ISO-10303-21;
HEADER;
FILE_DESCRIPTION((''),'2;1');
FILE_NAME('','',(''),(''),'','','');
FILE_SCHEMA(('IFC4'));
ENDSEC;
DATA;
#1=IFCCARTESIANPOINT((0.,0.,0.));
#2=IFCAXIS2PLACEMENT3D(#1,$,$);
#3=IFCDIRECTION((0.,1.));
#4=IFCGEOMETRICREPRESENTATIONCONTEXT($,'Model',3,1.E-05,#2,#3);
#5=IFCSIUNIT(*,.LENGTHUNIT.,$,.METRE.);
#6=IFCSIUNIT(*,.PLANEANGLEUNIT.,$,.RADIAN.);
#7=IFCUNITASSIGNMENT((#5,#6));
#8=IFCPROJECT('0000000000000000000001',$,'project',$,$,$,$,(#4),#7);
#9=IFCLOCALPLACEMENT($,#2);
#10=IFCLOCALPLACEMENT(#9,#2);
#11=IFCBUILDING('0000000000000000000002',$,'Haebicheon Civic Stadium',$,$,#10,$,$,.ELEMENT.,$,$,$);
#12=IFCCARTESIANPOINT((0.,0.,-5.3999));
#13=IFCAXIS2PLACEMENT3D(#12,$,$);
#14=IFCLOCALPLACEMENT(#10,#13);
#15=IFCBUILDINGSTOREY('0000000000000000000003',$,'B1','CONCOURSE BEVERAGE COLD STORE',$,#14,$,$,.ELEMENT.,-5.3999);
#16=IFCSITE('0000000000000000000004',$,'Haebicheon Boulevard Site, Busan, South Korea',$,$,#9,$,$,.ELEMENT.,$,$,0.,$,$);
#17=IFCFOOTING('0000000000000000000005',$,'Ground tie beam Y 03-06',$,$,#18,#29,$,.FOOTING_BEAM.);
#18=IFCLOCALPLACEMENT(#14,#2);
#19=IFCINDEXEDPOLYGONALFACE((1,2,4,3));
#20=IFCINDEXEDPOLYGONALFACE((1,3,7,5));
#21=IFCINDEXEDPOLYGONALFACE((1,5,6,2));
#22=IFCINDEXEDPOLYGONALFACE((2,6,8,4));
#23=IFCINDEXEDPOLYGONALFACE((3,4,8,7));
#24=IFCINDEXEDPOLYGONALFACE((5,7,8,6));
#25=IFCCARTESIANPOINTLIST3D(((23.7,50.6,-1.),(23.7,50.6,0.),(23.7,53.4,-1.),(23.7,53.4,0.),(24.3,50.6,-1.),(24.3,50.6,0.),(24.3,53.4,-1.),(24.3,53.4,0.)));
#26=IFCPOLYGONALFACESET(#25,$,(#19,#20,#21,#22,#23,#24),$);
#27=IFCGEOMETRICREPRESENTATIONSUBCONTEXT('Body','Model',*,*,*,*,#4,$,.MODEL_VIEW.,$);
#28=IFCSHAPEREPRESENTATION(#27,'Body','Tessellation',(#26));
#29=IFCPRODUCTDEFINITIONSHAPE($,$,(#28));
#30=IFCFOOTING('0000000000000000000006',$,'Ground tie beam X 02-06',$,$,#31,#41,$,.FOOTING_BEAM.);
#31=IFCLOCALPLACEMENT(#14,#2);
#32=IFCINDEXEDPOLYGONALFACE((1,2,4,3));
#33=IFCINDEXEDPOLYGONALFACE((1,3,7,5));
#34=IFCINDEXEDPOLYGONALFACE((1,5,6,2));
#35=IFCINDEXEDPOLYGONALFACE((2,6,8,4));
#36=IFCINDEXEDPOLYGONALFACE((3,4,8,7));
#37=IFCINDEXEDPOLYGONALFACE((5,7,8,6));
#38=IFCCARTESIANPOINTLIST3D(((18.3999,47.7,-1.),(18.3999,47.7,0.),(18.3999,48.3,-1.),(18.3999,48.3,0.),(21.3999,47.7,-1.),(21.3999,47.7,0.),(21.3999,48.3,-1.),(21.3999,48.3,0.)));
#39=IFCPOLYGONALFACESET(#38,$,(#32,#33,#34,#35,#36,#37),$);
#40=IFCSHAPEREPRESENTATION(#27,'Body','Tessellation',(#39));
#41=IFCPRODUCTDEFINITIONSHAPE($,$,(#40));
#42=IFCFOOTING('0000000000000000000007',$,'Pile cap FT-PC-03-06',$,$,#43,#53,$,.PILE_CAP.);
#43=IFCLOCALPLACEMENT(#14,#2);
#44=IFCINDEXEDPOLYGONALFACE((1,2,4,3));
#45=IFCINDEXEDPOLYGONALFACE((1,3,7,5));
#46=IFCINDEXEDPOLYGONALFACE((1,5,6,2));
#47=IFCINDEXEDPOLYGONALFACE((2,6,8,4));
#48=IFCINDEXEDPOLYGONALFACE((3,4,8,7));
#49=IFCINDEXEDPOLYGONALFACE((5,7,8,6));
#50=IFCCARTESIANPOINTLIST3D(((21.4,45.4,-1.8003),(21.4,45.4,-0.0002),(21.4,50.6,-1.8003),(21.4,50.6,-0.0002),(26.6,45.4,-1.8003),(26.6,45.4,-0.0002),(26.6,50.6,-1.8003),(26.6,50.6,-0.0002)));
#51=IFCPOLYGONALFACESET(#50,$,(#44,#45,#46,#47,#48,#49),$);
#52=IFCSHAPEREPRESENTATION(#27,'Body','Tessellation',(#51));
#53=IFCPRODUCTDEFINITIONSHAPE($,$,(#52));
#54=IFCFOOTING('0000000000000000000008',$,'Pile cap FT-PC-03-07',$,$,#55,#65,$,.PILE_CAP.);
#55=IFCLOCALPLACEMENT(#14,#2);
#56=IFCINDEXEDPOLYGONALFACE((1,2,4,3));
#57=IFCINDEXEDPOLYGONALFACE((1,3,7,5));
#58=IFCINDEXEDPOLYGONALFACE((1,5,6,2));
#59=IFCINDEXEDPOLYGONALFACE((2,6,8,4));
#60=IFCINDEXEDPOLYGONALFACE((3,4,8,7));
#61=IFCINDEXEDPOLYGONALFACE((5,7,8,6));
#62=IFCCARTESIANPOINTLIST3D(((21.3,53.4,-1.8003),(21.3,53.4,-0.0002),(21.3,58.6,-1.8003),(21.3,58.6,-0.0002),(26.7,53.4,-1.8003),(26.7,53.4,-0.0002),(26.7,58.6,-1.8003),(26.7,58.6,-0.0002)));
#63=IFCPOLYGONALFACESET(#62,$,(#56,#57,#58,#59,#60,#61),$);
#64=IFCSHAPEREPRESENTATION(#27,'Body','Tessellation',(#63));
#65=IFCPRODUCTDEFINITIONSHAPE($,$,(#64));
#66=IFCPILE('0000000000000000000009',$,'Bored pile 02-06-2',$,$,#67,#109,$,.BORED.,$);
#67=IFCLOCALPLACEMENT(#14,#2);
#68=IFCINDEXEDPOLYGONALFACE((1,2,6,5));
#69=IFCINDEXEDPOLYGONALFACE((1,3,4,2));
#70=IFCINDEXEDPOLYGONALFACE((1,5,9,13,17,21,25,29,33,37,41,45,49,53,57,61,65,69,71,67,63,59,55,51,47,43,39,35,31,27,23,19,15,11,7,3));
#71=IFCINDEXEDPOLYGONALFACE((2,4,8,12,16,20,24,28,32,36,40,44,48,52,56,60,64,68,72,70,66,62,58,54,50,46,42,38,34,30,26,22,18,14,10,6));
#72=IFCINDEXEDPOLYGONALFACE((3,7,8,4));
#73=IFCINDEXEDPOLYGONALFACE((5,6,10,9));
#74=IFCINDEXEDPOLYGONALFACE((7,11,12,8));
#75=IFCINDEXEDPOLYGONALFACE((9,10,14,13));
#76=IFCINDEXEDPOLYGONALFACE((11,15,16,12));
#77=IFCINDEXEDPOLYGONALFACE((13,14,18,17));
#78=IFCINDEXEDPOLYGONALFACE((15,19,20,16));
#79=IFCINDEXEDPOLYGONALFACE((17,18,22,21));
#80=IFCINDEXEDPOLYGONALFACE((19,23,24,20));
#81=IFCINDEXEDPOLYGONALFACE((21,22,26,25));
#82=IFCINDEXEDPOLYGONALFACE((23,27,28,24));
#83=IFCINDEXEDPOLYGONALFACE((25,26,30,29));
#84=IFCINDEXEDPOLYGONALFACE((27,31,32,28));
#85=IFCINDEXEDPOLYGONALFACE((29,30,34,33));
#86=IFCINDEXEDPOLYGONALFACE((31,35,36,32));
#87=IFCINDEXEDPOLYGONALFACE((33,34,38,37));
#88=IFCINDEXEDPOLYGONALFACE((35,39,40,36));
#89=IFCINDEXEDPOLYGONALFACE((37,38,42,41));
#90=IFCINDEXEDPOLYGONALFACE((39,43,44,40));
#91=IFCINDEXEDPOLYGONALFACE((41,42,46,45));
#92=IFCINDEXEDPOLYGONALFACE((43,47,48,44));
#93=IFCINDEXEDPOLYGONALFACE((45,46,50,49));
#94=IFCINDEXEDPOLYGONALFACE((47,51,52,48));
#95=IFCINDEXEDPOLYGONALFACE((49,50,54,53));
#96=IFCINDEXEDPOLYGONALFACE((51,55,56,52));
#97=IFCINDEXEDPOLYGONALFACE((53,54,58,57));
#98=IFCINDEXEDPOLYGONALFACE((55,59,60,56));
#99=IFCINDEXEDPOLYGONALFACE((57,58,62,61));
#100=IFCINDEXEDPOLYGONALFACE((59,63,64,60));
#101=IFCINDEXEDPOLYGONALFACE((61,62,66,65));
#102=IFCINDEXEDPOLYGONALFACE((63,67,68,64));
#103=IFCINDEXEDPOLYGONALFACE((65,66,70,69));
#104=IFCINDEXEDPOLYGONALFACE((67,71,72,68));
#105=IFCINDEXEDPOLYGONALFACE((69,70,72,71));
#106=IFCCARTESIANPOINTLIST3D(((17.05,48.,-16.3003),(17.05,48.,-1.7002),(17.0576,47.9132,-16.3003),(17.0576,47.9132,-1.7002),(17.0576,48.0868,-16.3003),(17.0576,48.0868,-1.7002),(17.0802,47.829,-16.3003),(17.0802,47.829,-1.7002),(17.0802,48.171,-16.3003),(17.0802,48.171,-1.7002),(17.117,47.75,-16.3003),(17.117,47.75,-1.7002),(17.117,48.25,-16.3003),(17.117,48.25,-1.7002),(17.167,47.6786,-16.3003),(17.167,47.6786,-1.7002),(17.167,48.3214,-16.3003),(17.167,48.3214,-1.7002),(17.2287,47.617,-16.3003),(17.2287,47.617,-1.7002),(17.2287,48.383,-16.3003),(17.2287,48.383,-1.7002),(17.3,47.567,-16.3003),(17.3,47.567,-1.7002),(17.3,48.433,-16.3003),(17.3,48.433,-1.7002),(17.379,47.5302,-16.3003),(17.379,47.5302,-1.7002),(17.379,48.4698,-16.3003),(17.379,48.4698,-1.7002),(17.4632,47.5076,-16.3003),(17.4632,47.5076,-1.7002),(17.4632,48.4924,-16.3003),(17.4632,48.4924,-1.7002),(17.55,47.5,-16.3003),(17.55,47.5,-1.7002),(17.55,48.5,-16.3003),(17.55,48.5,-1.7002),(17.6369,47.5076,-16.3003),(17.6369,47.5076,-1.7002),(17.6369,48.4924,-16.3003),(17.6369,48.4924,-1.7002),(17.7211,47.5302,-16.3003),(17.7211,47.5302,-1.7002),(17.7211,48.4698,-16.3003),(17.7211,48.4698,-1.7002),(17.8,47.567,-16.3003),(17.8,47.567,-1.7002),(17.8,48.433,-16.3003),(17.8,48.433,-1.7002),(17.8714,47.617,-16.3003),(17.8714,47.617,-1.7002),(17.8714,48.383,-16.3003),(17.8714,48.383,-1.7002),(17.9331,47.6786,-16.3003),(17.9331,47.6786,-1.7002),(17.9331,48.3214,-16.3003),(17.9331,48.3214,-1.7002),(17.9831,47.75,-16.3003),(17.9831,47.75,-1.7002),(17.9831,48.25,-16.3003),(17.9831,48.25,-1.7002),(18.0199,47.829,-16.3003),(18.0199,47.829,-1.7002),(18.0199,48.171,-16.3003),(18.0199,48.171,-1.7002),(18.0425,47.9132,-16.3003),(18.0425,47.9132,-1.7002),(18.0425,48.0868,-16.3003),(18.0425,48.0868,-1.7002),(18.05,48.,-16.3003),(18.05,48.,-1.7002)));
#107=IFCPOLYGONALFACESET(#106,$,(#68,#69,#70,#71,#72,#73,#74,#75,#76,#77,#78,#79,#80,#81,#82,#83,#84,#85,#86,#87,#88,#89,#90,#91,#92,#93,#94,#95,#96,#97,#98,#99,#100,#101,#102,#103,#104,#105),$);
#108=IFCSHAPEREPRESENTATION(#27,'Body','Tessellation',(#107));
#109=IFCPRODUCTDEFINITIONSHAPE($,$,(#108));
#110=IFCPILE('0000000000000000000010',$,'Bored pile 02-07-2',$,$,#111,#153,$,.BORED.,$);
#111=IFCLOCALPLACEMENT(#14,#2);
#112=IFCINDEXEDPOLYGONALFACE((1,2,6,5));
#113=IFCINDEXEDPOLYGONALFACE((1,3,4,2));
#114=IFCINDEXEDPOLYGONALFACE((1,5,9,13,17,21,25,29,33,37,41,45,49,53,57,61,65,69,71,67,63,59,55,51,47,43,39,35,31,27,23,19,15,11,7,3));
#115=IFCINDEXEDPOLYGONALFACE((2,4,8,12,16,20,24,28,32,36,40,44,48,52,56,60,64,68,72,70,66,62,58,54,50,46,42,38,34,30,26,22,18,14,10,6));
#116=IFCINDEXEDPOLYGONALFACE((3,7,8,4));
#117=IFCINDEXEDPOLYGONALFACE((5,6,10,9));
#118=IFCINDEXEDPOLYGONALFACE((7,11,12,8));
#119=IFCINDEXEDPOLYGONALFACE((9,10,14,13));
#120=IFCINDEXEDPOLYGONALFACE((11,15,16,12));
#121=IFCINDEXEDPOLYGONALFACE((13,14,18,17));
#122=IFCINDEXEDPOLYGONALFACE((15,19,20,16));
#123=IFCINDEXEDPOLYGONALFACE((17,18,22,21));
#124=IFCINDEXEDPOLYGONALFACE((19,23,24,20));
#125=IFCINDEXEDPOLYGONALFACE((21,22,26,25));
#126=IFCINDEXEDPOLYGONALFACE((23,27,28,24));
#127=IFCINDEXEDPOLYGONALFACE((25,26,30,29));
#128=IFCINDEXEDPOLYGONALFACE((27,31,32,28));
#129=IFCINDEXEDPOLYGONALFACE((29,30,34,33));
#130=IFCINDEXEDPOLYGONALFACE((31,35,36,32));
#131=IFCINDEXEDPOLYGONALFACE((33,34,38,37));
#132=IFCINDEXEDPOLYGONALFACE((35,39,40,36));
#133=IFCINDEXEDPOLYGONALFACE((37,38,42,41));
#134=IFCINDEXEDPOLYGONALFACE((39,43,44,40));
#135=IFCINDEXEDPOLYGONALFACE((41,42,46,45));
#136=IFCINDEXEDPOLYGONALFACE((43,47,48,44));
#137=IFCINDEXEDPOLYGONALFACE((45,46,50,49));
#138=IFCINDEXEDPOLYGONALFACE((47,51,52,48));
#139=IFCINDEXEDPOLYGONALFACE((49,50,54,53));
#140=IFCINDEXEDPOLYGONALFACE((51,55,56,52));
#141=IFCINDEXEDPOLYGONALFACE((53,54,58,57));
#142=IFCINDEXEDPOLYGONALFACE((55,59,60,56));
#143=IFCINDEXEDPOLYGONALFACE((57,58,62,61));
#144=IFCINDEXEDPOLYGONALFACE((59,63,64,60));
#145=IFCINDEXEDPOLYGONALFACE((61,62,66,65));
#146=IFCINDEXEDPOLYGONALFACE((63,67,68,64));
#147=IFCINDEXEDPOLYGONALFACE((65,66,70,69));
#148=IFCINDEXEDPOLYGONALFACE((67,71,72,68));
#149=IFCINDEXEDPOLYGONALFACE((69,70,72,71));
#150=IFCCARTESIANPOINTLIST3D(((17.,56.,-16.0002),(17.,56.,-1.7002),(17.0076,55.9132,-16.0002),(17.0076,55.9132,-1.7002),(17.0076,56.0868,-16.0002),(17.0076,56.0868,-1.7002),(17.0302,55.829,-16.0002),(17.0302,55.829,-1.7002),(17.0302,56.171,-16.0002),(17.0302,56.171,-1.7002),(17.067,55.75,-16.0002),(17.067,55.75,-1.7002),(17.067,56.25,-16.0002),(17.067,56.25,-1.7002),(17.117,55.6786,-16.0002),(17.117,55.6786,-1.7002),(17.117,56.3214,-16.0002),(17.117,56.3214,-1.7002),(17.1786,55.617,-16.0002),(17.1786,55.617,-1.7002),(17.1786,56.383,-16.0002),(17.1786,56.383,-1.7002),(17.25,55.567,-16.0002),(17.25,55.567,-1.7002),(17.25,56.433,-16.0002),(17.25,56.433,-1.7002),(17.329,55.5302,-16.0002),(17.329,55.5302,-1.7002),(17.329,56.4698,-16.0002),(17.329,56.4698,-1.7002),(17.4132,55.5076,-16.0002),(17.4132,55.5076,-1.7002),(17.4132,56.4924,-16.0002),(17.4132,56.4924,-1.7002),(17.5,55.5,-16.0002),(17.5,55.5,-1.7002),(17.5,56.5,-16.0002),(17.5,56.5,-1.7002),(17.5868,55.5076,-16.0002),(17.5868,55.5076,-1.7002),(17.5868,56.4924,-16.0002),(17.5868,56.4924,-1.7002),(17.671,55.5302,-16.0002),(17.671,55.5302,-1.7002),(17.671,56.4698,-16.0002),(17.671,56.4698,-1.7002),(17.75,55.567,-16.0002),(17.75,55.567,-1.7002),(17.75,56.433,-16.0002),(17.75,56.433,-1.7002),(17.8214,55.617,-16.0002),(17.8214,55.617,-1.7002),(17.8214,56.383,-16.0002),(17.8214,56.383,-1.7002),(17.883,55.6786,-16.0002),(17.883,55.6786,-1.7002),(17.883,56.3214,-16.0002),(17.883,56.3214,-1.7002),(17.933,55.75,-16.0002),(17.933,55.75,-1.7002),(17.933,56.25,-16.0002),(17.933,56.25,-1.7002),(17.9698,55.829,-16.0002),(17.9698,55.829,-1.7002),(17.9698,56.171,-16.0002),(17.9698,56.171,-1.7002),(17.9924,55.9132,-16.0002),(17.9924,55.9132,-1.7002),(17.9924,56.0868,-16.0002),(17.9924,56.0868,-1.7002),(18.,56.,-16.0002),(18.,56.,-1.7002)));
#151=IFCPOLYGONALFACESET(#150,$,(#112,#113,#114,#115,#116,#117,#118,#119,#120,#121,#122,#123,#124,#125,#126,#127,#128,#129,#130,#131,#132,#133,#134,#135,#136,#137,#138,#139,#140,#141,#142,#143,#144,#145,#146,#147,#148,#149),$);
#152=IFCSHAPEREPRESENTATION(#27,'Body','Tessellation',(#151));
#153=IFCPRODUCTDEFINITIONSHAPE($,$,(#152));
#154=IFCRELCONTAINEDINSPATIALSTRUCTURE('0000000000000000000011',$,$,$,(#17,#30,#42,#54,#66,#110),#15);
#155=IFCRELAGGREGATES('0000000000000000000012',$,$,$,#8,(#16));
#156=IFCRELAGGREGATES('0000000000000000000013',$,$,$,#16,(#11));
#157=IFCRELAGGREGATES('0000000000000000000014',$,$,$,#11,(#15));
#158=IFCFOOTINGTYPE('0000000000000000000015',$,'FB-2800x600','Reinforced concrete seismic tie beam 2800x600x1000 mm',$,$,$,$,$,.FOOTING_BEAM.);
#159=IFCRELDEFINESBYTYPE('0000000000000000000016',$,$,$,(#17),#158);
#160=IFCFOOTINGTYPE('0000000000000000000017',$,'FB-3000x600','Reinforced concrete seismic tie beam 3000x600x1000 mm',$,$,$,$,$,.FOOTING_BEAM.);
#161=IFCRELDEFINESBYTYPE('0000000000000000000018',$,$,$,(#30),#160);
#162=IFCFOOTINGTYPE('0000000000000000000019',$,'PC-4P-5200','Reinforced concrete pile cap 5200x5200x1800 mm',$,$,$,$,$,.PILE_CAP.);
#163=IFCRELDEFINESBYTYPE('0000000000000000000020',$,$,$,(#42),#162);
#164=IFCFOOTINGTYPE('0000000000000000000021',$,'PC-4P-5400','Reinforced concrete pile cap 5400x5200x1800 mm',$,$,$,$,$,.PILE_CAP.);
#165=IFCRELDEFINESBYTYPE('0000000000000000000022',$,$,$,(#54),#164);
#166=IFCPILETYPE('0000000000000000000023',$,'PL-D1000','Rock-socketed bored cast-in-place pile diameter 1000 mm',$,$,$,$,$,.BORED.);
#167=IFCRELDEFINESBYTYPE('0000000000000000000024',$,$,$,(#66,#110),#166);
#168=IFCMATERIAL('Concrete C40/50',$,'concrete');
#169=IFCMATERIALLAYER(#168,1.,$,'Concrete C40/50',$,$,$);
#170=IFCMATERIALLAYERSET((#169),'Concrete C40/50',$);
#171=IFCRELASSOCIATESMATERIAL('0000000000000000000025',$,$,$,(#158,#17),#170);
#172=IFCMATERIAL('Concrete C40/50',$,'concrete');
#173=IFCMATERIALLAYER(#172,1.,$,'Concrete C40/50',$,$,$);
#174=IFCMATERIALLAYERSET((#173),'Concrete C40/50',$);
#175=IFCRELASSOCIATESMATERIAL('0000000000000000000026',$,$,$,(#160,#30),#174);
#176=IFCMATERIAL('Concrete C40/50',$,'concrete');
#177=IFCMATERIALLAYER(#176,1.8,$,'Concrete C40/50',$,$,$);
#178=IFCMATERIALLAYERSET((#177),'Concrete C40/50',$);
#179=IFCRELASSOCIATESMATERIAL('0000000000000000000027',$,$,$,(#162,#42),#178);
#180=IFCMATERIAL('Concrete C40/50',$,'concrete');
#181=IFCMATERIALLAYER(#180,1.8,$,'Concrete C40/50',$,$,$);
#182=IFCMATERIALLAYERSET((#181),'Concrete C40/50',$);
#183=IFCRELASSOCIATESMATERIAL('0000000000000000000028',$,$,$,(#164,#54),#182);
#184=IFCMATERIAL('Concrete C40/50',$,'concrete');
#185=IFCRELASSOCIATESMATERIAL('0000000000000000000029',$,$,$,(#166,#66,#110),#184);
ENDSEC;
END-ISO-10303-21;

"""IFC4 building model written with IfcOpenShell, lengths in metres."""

from ifc_helpers import new_model, si_unit, direction, frame, origin, origin_2d, place, context, subcontext, project, spatial, rectangle, circle, extrude, material, layer, layer_set, material_profile, profile_set, type_object, element, save


model = new_model("IFC4")

# Units and contexts
model_context = context("Model", 3, precision=1e-05, world=origin(), true_north=direction((0.0, 1.0)))
body_context = subcontext(model_context, "Body", "Model", "MODEL_VIEW")
ifc_project = project(units=[si_unit("LENGTHUNIT", "METRE"), si_unit("PLANEANGLEUNIT", "RADIAN")], contexts=[model_context])

# Site, building, storey
site_placement = place(None, origin())
site = spatial("IfcSite", under=ifc_project, at=site_placement, Name="Haebicheon Boulevard Site, Busan, South Korea", CompositionType="ELEMENT", RefElevation=0.0)
building_placement = place(site_placement, origin())
building = spatial("IfcBuilding", under=site, at=building_placement, Name="Haebicheon Civic Stadium", CompositionType="ELEMENT")
storey_placement = place(building_placement, frame((0.0, 0.0, -5.3999)))
storey = spatial("IfcBuildingStorey", under=building, at=storey_placement, Name="B1", Description="CONCOURSE BEVERAGE COLD STORE", CompositionType="ELEMENT", Elevation=-5.3999)

# Footings
ifc_material_1 = material(Name="Concrete C40/50", Category="concrete")
ifc_layer_1 = layer(ifc_material_1, 1.0, Name="Concrete C40/50")
ifc_layer_set_1 = layer_set([ifc_layer_1], Name="Concrete C40/50")
footing_type_1 = type_object("IfcFootingType", Name="FB-2800x600", Description="Reinforced concrete seismic tie beam 2800x600x1000 mm", PredefinedType="FOOTING_BEAM", material=ifc_layer_set_1)
footing_1_placement = place(storey_placement, frame((24.0, 52.0, -1.0), z_axis=(0.0, 0.0, 1.0), x_axis=(0.0, 1.0, 0.0)))
element("IfcFooting", 1, at=footing_1_placement, inside=storey, type_object=footing_type_1, material=ifc_layer_set_1, Name="Ground tie beam Y 03-06", PredefinedType="FOOTING_BEAM", context=body_context, shape_type="SweptSolid", body=[
    extrude(rectangle(XDim=2.8, YDim=0.6001, at=origin_2d()), origin(), (0.0, 0.0, 1.0), 1.0),
])
ifc_material_2 = material(Name="Concrete C40/50", Category="concrete")
ifc_layer_2 = layer(ifc_material_2, 1.0, Name="Concrete C40/50")
ifc_layer_set_2 = layer_set([ifc_layer_2], Name="Concrete C40/50")
footing_type_2 = type_object("IfcFootingType", Name="FB-3000x600", Description="Reinforced concrete seismic tie beam 3000x600x1000 mm", PredefinedType="FOOTING_BEAM", material=ifc_layer_set_2)
footing_2_placement = place(storey_placement, frame((19.8999, 48.0, -1.0), z_axis=(0.0, 0.0, 1.0), x_axis=(1.0, 0.0, 0.0)))
element("IfcFooting", 2, at=footing_2_placement, inside=storey, type_object=footing_type_2, material=ifc_layer_set_2, Name="Ground tie beam X 02-06", PredefinedType="FOOTING_BEAM", context=body_context, shape_type="SweptSolid", body=[
    extrude(rectangle(XDim=3.0, YDim=0.6001, at=origin_2d()), origin(), (0.0, 0.0, 1.0), 1.0),
])
ifc_material_3 = material(Name="Concrete C40/50", Category="concrete")
ifc_layer_3 = layer(ifc_material_3, 1.8, Name="Concrete C40/50")
ifc_layer_set_3 = layer_set([ifc_layer_3], Name="Concrete C40/50")
footing_type_3 = type_object("IfcFootingType", Name="PC-4P-5200", Description="Reinforced concrete pile cap 5200x5200x1800 mm", PredefinedType="PILE_CAP", material=ifc_layer_set_3)
footing_3_placement = place(storey_placement, frame((24.0, 48.0, -1.8003), z_axis=(0.0, 0.0, 1.0), x_axis=(1.0, 0.0, 0.0)))
element("IfcFooting", 3, at=footing_3_placement, inside=storey, type_object=footing_type_3, material=ifc_layer_set_3, Name="Pile cap FT-PC-03-06", PredefinedType="PILE_CAP", context=body_context, shape_type="SweptSolid", body=[
    extrude(rectangle(XDim=5.2, YDim=5.2, at=origin_2d()), origin(), (0.0, 0.0, 1.0), 1.8),
])
ifc_material_4 = material(Name="Concrete C40/50", Category="concrete")
ifc_layer_4 = layer(ifc_material_4, 1.8, Name="Concrete C40/50")
ifc_layer_set_4 = layer_set([ifc_layer_4], Name="Concrete C40/50")
footing_type_4 = type_object("IfcFootingType", Name="PC-4P-5400", Description="Reinforced concrete pile cap 5400x5200x1800 mm", PredefinedType="PILE_CAP", material=ifc_layer_set_4)
footing_4_placement = place(storey_placement, frame((24.0, 56.0, -1.8003), z_axis=(0.0, 0.0, 1.0), x_axis=(1.0, 0.0, 0.0)))
element("IfcFooting", 4, at=footing_4_placement, inside=storey, type_object=footing_type_4, material=ifc_layer_set_4, Name="Pile cap FT-PC-03-07", PredefinedType="PILE_CAP", context=body_context, shape_type="SweptSolid", body=[
    extrude(rectangle(XDim=5.3999, YDim=5.2, at=origin_2d()), origin(), (0.0, 0.0, 1.0), 1.8),
])

# Piles
ifc_material_5 = material(Name="Concrete C40/50", Category="concrete")
ifc_material_profile_1 = material_profile(ifc_material_5, circle(Radius=0.5, at=origin_2d()), Name="PILE-D1000")
ifc_profile_set_1 = profile_set([ifc_material_profile_1], Name="Concrete C40/50")
pile_type_1 = type_object("IfcPileType", Name="PL-D1000", Description="Rock-socketed bored cast-in-place pile diameter 1000 mm", PredefinedType="BORED", material=ifc_profile_set_1)
pile_1_placement = place(storey_placement, frame((17.55, 48.0, -1.7002), z_axis=(0.0, 0.0, -1.0), x_axis=(1.0, 0.0, 0.0)))
element("IfcPile", 5, at=pile_1_placement, inside=storey, type_object=pile_type_1, material=ifc_profile_set_1, Name="Bored pile 02-06-2", PredefinedType="BORED", context=body_context, shape_type="SweptSolid", body=[
    extrude(circle(Radius=0.5, at=origin_2d()), origin(), (0.0, 0.0, 1.0), 14.6001),
])
pile_2_placement = place(storey_placement, frame((17.5, 56.0, -1.7002), z_axis=(0.0, 0.0, -1.0), x_axis=(1.0, 0.0, 0.0)))
element("IfcPile", 6, at=pile_2_placement, inside=storey, type_object=pile_type_1, material=ifc_profile_set_1, Name="Bored pile 02-07-2", PredefinedType="BORED", context=body_context, shape_type="SweptSolid", body=[
    extrude(circle(Radius=0.5, at=origin_2d()), origin(), (0.0, 0.0, 1.0), 14.3),
])

save(model, "model.ifc")
